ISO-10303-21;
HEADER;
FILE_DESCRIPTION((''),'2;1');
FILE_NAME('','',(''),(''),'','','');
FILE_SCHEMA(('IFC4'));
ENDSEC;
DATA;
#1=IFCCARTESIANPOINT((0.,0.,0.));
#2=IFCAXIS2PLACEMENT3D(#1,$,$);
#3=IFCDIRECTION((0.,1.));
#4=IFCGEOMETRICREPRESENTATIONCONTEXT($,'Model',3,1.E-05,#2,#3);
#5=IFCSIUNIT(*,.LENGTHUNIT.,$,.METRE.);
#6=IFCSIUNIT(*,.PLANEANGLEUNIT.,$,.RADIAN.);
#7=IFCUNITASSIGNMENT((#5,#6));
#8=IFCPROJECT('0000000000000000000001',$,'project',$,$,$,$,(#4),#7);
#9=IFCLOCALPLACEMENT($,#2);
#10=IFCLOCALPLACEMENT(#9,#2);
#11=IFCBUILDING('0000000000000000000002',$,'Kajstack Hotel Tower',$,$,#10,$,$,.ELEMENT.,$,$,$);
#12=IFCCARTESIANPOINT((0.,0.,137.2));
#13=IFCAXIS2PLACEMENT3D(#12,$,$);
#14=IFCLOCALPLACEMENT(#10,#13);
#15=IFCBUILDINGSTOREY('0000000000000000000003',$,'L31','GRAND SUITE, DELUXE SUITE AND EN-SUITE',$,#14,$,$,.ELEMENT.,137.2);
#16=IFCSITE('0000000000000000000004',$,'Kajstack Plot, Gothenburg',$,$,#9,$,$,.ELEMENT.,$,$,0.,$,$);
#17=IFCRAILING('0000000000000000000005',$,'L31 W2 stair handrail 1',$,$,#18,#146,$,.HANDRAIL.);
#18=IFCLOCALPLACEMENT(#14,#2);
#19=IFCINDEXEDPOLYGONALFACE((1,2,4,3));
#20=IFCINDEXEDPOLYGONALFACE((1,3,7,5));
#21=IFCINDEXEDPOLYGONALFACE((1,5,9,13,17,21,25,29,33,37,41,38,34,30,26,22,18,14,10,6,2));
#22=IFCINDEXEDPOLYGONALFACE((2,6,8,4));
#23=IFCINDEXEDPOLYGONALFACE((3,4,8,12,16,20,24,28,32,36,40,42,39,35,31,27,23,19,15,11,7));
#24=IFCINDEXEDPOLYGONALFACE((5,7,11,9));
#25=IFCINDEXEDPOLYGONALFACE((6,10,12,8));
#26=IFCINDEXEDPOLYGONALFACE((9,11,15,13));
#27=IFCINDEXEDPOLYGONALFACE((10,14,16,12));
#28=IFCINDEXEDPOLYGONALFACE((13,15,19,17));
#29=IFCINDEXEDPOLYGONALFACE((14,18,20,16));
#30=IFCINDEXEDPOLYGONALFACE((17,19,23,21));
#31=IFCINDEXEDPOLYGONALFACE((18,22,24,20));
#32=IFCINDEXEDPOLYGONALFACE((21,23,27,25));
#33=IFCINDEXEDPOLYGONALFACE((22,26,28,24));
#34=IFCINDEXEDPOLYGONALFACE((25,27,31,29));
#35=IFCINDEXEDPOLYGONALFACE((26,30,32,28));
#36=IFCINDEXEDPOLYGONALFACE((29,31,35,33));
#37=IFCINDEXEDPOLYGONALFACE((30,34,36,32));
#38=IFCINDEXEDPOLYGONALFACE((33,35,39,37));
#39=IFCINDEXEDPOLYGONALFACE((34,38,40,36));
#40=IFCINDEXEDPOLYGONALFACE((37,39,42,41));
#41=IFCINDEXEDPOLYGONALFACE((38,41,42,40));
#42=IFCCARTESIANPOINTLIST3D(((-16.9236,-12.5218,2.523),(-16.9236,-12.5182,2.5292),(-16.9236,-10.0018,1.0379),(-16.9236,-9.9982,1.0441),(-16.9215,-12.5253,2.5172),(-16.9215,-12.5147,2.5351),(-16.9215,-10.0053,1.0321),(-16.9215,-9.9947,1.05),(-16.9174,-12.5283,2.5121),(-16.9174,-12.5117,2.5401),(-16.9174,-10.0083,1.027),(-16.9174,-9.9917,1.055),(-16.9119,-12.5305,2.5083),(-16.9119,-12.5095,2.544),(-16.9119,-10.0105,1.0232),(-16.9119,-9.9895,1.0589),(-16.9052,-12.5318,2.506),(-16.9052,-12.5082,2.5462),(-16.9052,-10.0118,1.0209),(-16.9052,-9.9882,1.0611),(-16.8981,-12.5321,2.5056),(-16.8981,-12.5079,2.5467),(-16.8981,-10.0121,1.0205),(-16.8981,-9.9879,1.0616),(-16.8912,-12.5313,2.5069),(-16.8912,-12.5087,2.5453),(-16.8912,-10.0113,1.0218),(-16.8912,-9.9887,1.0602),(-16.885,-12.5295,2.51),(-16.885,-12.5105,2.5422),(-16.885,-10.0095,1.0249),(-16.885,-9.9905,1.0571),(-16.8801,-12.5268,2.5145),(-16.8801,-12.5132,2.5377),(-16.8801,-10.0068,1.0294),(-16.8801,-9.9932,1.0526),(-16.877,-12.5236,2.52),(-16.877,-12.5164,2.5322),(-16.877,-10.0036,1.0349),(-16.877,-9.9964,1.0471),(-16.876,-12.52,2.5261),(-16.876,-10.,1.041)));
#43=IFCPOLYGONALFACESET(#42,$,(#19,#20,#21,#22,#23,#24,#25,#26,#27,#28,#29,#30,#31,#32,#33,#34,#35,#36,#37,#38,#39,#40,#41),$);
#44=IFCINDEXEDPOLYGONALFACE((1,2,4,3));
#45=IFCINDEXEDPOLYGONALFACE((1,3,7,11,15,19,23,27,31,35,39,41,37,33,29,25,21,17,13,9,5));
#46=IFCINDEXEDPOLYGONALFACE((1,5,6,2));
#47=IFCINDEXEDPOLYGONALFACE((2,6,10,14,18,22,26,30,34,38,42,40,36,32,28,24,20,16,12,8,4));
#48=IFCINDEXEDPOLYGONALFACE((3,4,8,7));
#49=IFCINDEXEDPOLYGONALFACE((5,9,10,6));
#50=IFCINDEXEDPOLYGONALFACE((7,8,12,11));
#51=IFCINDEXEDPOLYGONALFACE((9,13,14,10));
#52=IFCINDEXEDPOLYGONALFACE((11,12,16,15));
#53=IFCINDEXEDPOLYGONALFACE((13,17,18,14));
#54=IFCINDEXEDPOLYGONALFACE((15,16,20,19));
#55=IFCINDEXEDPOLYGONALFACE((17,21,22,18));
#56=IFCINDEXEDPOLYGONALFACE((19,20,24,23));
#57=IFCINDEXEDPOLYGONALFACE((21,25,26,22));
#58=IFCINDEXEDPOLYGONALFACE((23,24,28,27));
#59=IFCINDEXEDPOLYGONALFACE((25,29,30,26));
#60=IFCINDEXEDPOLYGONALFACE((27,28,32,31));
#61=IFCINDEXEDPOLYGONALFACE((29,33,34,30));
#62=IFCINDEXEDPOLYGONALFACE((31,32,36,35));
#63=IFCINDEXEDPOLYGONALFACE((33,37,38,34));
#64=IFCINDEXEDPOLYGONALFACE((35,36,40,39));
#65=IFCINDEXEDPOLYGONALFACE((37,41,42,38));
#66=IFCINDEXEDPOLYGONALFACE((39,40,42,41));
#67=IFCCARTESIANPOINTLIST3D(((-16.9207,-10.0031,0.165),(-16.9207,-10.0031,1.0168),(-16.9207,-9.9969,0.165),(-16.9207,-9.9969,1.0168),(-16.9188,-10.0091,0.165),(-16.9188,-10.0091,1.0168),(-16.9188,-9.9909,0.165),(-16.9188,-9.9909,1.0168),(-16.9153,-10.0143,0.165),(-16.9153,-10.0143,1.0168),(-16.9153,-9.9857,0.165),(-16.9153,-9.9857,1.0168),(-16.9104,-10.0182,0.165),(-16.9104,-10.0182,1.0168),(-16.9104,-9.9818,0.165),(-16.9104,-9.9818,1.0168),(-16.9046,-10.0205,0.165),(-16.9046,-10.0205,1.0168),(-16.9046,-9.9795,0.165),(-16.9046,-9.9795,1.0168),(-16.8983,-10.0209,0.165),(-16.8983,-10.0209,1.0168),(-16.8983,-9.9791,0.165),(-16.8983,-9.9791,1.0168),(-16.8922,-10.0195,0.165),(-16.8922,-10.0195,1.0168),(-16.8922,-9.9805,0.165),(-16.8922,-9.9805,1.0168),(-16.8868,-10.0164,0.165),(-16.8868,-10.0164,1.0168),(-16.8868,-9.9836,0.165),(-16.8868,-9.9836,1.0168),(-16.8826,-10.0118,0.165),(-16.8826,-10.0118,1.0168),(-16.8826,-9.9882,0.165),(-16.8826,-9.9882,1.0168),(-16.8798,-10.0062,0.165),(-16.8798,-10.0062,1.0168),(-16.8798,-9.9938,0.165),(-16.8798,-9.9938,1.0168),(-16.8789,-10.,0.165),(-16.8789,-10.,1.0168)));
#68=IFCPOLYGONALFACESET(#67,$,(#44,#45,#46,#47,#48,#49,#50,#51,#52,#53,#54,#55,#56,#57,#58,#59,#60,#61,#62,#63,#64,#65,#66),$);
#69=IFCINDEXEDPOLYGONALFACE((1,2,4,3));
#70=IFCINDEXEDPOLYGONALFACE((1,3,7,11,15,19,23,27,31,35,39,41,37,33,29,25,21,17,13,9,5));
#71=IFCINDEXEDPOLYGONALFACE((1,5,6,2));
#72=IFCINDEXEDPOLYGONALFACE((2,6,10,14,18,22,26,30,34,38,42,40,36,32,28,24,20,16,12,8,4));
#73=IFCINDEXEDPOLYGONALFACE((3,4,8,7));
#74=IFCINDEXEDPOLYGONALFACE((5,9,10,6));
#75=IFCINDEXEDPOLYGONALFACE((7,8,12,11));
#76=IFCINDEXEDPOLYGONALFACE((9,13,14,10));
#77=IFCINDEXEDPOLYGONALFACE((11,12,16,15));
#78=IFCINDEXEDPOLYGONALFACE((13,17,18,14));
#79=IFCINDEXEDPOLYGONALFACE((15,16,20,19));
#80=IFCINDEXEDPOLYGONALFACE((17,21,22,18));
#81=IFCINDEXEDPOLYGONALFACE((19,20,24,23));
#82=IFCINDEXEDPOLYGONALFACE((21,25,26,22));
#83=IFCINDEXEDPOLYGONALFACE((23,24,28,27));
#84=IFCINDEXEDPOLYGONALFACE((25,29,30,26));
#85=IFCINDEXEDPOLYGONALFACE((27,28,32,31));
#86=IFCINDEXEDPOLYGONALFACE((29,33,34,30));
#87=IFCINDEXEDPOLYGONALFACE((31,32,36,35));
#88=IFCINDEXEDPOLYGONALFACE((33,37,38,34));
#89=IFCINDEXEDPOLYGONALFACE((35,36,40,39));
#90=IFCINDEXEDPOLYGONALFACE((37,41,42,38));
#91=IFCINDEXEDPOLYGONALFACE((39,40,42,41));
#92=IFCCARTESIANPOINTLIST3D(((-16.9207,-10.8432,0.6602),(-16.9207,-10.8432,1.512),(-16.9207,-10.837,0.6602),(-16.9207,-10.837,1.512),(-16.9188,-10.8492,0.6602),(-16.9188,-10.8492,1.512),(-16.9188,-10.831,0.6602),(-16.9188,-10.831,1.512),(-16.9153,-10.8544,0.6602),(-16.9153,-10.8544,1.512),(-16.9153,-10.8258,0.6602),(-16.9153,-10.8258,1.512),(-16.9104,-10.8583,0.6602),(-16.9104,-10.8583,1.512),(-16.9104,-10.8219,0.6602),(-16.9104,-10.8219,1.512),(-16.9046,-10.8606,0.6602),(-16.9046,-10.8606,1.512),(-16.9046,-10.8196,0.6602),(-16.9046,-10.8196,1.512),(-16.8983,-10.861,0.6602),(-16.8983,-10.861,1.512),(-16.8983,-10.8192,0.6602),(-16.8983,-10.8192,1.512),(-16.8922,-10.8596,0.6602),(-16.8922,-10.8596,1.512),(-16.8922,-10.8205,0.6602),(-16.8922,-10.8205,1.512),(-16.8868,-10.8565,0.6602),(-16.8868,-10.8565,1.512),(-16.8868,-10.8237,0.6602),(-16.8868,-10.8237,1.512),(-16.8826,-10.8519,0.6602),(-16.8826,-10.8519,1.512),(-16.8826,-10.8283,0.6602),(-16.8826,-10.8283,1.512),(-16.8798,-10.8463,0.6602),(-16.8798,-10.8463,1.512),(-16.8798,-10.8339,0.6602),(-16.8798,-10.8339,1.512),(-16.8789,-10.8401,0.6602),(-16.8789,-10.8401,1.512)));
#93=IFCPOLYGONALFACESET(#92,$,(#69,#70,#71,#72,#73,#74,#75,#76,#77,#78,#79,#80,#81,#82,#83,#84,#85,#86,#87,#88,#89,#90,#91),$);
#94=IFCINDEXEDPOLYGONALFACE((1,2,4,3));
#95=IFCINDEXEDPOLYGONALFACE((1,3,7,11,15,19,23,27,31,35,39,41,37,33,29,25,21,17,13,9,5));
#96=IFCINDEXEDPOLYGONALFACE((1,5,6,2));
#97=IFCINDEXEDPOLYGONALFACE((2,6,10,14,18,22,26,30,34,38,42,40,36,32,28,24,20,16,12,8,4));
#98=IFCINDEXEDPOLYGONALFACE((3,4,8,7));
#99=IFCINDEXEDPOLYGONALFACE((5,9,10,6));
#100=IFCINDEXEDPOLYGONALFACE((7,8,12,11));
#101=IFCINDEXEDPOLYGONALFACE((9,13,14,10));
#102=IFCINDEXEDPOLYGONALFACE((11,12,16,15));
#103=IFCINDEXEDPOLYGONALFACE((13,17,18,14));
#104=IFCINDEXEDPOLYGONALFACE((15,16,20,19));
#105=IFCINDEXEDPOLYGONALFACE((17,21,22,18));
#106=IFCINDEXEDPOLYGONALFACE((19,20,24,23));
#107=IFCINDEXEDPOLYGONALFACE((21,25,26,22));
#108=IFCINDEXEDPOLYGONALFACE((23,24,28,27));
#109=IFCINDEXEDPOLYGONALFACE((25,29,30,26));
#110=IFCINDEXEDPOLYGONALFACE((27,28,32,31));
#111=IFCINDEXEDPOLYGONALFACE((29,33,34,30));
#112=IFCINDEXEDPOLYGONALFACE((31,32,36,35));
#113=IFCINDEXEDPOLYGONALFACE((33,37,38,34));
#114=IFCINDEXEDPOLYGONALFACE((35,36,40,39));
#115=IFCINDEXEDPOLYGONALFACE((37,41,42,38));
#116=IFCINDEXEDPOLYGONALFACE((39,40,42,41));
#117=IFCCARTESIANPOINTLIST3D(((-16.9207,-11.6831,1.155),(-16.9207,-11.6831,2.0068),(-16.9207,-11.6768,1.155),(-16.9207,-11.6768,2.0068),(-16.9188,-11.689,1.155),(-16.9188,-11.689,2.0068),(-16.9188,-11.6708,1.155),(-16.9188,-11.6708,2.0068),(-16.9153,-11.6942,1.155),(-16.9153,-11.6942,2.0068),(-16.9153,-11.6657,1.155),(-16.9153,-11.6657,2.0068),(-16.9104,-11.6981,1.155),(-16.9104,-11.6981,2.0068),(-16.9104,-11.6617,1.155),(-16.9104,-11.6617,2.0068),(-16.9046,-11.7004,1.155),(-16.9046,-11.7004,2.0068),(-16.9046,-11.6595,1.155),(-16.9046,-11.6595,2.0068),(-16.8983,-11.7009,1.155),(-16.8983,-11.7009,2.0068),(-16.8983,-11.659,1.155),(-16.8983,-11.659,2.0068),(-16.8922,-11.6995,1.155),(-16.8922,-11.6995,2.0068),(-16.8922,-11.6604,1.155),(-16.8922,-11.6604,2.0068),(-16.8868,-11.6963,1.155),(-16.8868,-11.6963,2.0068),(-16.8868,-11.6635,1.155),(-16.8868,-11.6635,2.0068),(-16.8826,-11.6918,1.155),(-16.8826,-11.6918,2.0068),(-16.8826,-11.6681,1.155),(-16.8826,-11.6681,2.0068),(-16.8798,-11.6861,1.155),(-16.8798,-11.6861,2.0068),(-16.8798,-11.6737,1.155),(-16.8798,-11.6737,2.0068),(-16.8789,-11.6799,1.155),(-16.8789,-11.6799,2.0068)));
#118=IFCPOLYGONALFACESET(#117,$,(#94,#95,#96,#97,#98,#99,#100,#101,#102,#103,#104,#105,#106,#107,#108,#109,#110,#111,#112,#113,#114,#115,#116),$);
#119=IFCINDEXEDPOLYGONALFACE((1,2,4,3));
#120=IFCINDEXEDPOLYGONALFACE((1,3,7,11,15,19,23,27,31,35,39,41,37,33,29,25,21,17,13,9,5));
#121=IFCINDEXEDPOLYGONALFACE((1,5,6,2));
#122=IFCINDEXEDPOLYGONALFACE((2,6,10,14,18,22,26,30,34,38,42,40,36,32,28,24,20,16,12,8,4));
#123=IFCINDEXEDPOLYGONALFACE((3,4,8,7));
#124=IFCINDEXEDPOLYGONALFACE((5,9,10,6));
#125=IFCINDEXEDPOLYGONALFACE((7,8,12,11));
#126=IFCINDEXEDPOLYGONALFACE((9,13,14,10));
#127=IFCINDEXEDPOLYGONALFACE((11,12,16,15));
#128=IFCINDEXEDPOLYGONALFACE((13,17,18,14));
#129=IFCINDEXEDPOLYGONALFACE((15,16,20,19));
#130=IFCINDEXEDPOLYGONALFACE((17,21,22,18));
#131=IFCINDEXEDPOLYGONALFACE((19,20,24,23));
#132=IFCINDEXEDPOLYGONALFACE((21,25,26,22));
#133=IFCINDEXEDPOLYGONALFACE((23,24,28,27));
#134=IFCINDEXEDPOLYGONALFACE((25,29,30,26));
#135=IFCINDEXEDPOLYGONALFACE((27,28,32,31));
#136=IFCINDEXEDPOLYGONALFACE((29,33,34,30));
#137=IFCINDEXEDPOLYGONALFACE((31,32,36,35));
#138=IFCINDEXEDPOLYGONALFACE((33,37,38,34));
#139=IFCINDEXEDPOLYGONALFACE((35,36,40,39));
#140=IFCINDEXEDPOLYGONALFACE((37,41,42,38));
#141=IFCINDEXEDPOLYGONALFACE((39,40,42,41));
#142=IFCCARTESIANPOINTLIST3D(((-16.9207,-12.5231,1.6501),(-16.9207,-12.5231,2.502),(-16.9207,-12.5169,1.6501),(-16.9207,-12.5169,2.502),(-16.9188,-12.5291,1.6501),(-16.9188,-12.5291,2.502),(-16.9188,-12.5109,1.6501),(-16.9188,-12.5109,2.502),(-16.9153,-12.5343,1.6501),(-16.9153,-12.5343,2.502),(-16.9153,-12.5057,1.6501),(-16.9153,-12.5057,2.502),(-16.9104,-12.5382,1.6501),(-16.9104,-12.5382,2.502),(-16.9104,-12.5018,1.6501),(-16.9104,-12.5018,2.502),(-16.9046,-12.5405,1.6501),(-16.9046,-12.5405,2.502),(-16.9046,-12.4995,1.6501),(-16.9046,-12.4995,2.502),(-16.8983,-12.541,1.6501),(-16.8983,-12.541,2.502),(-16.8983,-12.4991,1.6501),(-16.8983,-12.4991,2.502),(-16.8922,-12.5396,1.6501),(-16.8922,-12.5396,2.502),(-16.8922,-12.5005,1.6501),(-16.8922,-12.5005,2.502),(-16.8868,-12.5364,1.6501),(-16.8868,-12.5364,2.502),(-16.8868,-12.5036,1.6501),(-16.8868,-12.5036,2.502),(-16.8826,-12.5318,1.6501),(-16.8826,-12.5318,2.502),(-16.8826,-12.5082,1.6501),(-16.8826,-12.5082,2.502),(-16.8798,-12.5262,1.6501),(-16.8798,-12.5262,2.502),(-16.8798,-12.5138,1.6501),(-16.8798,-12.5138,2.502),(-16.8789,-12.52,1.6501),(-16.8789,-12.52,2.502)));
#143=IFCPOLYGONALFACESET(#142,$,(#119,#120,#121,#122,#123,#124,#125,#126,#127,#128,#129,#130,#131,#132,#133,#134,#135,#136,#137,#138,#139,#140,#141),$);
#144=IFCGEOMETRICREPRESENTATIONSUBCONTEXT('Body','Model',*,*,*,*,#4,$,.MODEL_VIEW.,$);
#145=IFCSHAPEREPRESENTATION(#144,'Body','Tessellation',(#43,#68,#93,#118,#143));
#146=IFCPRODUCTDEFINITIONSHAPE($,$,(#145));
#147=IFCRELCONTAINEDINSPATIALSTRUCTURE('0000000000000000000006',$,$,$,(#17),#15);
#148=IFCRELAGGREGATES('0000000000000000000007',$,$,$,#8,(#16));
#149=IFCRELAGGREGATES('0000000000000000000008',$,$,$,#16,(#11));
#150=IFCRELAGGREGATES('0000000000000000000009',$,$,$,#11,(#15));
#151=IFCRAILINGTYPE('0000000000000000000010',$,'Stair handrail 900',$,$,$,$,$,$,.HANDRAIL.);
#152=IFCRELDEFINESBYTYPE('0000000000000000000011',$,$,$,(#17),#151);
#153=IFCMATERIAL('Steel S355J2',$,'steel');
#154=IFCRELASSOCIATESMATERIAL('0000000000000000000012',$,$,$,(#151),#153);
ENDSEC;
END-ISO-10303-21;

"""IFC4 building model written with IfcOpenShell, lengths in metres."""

from ifc_helpers import new_model, si_unit, direction, frame, origin, origin_2d, place, context, subcontext, project, spatial, circle, extrude, material, type_object, element, save


model = new_model("IFC4")

# Units and contexts
model_context = context("Model", 3, precision=1e-05, world=origin(), true_north=direction((0.0, 1.0)))
body_context = subcontext(model_context, "Body", "Model", "MODEL_VIEW")
ifc_project = project(units=[si_unit("LENGTHUNIT", "METRE"), si_unit("PLANEANGLEUNIT", "RADIAN")], contexts=[model_context])

# Site, building, storey
site_placement = place(None, origin())
site = spatial("IfcSite", under=ifc_project, at=site_placement, Name="Kajstack Plot, Gothenburg", CompositionType="ELEMENT", RefElevation=0.0)
building_placement = place(site_placement, origin())
building = spatial("IfcBuilding", under=site, at=building_placement, Name="Kajstack Hotel Tower", CompositionType="ELEMENT")
storey_placement = place(building_placement, frame((0.0, 0.0, 137.2)))
storey = spatial("IfcBuildingStorey", under=building, at=storey_placement, Name="L31", Description="GRAND SUITE, DELUXE SUITE AND EN-SUITE", CompositionType="ELEMENT", Elevation=137.2)

# Railing
ifc_material_1 = material(Name="Steel S355J2", Category="steel")
railing_type_1 = type_object("IfcRailingType", Name="Stair handrail 900", PredefinedType="HANDRAIL", material=ifc_material_1)
railing_1_placement = place(storey_placement, frame((-16.8999, -10.0, 0.165)))
element("IfcRailing", 1, at=railing_1_placement, inside=storey, type_object=railing_type_1, Name="L31 W2 stair handrail 1", PredefinedType="HANDRAIL", context=body_context, shape_type="SweptSolid", body=[
    extrude(circle(Radius=0.0239, at=origin_2d()), frame((0.0, 0.0, 0.876), z_axis=(0.0, -0.861524, 0.507717), x_axis=(1.0, 0.0, 0.0)), (0.0, 0.0, 1.0), 2.925),
    extrude(circle(Radius=0.021, at=origin_2d()), origin(), (0.0, 0.0, 1.0), 0.8518),
    extrude(circle(Radius=0.021, at=origin_2d()), frame((0.0, -0.8401, 0.4951)), (0.0, 0.0, 1.0), 0.8518),
    extrude(circle(Radius=0.021, at=origin_2d()), frame((0.0, -1.6799, 0.99)), (0.0, 0.0, 1.0), 0.8518),
    extrude(circle(Radius=0.021, at=origin_2d()), frame((0.0, -2.52, 1.4851)), (0.0, 0.0, 1.0), 0.8518),
])

save(model, "model.ifc")
